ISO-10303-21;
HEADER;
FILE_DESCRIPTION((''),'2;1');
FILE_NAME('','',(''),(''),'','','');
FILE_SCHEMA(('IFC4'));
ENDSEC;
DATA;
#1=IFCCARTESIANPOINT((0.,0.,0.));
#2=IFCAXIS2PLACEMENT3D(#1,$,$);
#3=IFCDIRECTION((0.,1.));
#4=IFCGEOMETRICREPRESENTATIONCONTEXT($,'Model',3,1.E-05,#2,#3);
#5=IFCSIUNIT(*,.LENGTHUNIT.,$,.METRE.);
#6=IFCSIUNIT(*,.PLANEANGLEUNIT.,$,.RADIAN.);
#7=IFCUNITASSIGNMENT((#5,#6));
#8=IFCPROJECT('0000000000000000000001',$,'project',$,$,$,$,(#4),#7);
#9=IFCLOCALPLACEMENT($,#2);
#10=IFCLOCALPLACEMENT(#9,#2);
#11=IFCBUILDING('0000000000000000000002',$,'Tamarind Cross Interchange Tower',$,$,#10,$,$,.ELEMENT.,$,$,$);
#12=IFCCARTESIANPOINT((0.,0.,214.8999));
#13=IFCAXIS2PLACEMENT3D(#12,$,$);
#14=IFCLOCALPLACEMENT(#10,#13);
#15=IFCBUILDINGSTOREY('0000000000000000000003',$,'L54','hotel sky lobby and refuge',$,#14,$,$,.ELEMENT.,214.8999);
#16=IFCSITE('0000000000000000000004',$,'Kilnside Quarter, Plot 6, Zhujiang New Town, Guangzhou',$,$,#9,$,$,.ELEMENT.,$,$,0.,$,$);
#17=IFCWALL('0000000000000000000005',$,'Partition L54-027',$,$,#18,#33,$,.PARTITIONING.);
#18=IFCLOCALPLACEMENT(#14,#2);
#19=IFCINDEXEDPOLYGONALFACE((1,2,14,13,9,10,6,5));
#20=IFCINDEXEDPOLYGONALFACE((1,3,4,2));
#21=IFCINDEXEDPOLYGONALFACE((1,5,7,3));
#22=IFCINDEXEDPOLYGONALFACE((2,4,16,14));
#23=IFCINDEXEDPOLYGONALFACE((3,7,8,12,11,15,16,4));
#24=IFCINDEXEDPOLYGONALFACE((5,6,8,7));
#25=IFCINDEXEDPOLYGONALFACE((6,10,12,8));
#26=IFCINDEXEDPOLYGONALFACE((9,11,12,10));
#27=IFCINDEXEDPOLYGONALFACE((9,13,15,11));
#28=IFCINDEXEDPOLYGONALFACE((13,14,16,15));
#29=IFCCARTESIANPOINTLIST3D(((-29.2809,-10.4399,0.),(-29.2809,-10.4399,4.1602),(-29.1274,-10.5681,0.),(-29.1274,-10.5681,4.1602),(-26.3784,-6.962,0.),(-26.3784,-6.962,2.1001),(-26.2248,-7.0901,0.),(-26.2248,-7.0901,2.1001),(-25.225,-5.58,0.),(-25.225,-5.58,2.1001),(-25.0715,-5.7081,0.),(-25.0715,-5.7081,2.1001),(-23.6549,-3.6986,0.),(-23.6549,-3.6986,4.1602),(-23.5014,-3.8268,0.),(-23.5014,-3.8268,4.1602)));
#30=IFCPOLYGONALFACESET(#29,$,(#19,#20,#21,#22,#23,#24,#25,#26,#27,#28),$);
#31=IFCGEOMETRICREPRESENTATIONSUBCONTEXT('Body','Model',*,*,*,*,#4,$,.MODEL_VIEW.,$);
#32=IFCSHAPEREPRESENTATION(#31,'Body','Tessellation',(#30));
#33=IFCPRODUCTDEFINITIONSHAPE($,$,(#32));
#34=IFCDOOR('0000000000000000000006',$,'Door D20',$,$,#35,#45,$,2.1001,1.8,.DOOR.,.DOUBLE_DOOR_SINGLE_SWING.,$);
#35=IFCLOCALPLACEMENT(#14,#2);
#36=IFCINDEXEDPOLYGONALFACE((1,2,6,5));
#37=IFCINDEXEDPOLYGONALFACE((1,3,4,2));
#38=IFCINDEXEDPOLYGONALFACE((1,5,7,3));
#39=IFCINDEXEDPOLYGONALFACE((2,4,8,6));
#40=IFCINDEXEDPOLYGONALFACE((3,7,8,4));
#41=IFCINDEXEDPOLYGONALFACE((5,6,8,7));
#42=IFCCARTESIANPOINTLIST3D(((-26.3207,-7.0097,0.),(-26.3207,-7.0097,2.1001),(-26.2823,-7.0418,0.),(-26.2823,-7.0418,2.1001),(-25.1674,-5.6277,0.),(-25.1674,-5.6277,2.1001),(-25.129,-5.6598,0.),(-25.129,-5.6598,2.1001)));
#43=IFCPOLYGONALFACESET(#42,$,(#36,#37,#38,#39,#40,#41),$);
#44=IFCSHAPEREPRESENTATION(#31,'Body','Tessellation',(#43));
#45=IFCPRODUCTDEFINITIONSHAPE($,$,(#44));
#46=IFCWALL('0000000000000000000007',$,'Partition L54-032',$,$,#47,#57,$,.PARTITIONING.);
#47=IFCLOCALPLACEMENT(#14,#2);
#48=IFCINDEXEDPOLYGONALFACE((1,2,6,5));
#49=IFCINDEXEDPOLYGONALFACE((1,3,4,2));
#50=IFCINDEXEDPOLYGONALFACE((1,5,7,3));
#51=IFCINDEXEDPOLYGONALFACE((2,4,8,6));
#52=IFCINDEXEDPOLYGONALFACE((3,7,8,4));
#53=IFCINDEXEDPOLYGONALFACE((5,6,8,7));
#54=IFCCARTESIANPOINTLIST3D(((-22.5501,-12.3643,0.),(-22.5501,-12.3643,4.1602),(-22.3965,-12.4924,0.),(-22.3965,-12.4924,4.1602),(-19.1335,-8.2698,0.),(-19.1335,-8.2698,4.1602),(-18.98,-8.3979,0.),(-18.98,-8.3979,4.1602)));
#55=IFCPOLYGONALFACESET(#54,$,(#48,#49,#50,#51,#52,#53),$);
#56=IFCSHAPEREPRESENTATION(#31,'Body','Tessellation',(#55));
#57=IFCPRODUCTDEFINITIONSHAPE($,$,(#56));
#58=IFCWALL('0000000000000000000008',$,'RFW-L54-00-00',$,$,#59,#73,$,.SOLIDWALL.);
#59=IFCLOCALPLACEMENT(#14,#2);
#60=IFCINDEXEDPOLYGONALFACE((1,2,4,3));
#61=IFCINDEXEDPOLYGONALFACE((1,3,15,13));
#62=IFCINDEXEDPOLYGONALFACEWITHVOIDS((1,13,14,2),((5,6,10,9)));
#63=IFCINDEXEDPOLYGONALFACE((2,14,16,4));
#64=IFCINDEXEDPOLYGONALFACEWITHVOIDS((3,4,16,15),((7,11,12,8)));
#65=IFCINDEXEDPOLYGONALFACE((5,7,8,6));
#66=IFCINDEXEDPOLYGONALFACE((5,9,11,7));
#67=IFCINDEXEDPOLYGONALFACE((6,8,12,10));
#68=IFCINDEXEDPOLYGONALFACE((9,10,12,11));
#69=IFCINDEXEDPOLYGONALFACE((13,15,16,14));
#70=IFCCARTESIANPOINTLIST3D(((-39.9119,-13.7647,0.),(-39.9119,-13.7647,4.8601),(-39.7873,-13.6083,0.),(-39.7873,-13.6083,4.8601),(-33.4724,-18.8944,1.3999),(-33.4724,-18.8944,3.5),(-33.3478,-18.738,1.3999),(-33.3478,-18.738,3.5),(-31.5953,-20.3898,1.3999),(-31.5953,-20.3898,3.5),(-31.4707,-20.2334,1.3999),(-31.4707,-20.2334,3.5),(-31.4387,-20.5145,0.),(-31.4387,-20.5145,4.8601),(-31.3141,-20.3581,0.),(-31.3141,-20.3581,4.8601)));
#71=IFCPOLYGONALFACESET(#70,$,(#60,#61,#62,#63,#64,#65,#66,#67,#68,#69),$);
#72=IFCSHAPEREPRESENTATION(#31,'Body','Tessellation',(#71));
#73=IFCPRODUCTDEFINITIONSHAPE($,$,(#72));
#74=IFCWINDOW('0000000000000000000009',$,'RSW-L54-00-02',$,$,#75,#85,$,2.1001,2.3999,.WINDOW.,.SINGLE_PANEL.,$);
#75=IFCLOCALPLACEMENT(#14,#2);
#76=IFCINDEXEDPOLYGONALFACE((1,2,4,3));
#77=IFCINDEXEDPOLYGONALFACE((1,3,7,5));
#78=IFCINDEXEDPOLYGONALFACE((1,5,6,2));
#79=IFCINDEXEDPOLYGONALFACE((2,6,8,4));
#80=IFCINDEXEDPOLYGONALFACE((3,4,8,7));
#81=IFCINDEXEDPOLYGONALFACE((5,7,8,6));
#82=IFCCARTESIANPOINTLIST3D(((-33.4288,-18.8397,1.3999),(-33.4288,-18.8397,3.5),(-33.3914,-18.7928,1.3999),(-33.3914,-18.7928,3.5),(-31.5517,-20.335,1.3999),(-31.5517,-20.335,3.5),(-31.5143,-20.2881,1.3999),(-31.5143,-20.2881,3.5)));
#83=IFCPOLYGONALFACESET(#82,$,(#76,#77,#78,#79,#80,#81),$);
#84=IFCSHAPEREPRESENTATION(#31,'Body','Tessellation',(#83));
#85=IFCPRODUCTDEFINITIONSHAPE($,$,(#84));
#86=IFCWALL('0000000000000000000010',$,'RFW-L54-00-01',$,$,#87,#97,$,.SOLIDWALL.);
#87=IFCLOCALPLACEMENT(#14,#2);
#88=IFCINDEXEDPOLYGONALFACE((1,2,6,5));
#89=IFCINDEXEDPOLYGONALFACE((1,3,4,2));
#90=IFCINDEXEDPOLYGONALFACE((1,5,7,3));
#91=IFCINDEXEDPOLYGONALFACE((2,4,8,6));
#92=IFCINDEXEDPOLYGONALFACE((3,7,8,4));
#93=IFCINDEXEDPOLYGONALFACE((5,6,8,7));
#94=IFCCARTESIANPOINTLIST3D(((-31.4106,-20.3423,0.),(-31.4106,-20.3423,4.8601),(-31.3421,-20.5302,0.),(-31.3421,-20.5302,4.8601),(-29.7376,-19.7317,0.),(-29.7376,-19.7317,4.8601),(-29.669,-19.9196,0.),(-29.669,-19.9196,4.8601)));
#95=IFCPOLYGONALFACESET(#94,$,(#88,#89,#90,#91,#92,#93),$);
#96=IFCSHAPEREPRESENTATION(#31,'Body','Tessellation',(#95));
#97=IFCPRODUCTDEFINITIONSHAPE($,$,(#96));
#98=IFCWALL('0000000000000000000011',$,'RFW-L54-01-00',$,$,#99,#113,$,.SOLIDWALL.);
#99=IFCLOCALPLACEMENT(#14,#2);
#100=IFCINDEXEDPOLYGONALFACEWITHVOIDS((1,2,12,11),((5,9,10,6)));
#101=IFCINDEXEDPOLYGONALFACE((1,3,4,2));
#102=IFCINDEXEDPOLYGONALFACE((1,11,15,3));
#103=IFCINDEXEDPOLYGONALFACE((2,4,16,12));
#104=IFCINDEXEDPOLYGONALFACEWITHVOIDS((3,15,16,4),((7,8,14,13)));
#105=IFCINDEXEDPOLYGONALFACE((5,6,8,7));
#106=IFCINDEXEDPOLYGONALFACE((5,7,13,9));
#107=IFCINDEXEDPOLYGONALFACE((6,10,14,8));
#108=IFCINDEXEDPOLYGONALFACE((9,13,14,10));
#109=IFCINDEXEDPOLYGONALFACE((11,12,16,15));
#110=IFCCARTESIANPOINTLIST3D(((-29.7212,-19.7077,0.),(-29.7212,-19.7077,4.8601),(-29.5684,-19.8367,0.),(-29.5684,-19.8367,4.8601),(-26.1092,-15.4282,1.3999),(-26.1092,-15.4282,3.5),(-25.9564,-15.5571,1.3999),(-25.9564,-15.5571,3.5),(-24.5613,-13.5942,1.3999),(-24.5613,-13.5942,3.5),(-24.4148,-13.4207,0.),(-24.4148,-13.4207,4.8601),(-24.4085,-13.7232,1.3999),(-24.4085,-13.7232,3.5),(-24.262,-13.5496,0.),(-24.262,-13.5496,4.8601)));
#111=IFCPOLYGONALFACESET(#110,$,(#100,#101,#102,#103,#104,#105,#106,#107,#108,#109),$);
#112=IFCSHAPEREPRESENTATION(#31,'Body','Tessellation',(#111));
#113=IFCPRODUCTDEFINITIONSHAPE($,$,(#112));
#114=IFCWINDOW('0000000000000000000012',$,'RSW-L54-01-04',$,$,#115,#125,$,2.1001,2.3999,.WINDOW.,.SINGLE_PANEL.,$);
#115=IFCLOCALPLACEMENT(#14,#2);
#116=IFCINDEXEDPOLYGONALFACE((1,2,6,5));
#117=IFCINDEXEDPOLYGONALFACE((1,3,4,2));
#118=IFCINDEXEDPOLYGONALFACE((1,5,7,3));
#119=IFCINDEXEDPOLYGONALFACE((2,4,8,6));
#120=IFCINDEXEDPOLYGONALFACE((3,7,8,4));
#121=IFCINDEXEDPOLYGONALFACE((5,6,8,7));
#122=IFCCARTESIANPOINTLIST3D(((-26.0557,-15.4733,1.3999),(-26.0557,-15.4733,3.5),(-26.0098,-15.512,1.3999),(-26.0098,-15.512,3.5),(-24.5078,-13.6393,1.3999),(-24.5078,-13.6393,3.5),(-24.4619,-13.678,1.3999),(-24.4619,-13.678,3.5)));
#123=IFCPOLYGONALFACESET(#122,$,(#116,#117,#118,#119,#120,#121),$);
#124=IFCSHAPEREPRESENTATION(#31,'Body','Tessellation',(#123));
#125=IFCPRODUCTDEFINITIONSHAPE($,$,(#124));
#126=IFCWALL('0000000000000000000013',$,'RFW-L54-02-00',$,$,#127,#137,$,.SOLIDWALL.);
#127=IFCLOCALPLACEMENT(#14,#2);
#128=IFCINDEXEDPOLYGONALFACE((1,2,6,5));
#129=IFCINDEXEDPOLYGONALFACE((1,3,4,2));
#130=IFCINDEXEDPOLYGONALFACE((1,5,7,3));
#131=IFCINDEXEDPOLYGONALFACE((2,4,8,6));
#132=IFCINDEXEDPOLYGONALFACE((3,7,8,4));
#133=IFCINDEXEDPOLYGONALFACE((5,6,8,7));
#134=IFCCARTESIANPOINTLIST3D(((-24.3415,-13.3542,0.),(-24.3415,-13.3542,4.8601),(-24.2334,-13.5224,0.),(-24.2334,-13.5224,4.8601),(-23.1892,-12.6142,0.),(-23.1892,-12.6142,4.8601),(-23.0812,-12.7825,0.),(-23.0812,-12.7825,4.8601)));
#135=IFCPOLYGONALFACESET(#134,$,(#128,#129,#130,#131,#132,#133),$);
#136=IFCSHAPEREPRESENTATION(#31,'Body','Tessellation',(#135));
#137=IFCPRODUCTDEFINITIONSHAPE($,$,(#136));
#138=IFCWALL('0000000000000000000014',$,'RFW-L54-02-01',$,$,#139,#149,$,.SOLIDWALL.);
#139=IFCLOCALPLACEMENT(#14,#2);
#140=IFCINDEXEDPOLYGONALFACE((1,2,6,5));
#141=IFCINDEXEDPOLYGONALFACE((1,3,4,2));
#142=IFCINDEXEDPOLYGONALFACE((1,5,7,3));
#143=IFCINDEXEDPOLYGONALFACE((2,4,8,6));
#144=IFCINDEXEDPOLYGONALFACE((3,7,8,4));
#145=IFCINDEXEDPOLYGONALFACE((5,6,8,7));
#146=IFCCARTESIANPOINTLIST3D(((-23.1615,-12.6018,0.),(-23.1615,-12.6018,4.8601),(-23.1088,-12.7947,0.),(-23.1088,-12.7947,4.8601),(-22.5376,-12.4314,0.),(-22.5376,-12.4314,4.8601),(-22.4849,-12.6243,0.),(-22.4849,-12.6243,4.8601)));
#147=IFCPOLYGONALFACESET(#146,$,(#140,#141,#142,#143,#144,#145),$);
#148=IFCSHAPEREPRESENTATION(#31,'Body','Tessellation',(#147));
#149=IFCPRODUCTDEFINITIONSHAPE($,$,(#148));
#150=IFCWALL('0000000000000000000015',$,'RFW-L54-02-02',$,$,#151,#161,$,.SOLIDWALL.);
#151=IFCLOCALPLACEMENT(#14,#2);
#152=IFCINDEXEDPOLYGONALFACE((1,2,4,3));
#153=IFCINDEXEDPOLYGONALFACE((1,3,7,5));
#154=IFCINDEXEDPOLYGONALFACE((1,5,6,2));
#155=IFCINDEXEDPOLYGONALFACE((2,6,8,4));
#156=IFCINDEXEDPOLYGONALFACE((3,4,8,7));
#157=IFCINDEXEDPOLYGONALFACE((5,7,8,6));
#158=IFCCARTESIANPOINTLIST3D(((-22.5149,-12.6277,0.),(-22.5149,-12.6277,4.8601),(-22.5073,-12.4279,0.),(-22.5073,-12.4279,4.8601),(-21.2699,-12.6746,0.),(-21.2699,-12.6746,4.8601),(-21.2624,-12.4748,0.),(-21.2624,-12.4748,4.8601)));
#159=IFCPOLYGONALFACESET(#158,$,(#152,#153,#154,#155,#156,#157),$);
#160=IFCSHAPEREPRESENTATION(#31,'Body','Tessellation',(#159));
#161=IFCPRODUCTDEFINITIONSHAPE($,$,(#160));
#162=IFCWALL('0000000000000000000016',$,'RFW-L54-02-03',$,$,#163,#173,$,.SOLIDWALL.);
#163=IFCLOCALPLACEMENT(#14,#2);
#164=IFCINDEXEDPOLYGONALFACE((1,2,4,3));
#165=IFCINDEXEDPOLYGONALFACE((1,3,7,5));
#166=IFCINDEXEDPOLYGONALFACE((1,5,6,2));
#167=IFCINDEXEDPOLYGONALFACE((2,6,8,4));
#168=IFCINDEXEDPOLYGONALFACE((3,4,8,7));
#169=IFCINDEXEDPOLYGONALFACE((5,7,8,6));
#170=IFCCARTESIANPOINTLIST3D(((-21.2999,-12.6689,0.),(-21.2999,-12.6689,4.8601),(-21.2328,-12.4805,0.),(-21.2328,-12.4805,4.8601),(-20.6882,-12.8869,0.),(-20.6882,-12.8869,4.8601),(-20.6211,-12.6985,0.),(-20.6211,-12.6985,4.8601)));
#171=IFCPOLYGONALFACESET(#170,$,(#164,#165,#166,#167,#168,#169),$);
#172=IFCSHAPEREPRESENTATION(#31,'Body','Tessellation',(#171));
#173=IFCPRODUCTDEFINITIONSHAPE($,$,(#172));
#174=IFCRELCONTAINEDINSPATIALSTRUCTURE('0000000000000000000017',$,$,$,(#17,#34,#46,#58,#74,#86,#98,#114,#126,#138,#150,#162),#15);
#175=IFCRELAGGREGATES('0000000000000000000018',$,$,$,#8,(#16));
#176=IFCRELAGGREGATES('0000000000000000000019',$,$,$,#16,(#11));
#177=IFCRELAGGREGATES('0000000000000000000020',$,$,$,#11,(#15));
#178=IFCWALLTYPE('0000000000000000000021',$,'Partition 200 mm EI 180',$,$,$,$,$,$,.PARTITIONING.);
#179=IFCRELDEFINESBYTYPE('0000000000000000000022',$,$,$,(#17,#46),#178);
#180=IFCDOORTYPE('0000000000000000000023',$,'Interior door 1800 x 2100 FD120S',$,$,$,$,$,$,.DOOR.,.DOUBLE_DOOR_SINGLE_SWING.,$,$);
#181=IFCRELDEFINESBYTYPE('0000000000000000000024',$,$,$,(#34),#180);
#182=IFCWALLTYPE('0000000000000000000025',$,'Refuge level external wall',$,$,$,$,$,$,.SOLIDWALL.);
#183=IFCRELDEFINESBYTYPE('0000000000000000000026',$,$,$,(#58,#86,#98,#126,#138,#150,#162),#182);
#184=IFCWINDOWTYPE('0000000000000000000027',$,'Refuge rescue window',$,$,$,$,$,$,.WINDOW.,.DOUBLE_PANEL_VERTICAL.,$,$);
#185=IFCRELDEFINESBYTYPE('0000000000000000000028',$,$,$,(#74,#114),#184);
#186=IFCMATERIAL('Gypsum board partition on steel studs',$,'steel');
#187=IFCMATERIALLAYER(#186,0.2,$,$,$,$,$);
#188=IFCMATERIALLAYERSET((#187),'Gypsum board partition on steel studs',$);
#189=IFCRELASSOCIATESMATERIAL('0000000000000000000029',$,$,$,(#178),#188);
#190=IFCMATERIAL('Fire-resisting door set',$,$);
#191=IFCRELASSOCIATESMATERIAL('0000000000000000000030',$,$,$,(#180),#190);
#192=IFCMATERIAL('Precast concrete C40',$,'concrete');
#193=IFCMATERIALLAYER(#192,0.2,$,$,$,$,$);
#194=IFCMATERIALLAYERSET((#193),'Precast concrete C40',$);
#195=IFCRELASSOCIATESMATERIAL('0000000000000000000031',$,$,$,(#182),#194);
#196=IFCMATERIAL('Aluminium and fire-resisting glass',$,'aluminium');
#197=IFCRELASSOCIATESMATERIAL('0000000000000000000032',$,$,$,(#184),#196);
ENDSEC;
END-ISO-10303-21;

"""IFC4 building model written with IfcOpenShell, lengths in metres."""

from ifc_helpers import new_model, si_unit, direction, frame, frame_2d, origin, place, context, subcontext, project, spatial, rectangle, extrude, material, layer, layer_set, type_object, element, fill, save


model = new_model("IFC4")

# Units and contexts
model_context = context("Model", 3, precision=1e-05, world=origin(), true_north=direction((0.0, 1.0)))
body_context = subcontext(model_context, "Body", "Model", "MODEL_VIEW")
ifc_project = project(units=[si_unit("LENGTHUNIT", "METRE"), si_unit("PLANEANGLEUNIT", "RADIAN")], contexts=[model_context])

# Site, building, storey
site_placement = place(None, origin())
site = spatial("IfcSite", under=ifc_project, at=site_placement, Name="Kilnside Quarter, Plot 6, Zhujiang New Town, Guangzhou", CompositionType="ELEMENT", RefElevation=0.0)
building_placement = place(site_placement, origin())
building = spatial("IfcBuilding", under=site, at=building_placement, Name="Tamarind Cross Interchange Tower", CompositionType="ELEMENT")
storey_placement = place(building_placement, frame((0.0, 0.0, 214.8999)))
storey = spatial("IfcBuildingStorey", under=building, at=storey_placement, Name="L54", Description="hotel sky lobby and refuge", CompositionType="ELEMENT", Elevation=214.8999)

# Wall, opening, door
ifc_material_1 = material(Name="Gypsum board partition on steel studs", Category="steel")
ifc_layer_1 = layer(ifc_material_1, 0.2)
ifc_layer_set_1 = layer_set([ifc_layer_1], Name="Gypsum board partition on steel studs")
wall_type_1 = type_object("IfcWallType", Name="Partition 200 mm EI 180", PredefinedType="PARTITIONING", material=ifc_layer_set_1)
ifc_material_2 = material(Name="Fire-resisting door set")
door_type = type_object("IfcDoorType", Name="Interior door 1800 x 2100 FD120S", OperationType="DOUBLE_DOOR_SINGLE_SWING", PredefinedType="DOOR", material=ifc_material_2)
wall_1_placement = place(storey_placement, frame((-29.2041, -10.5039, 0.0), z_axis=(0.0, 0.0, 1.0), x_axis=(0.640742, 0.767756, 0.0)))
wall_1 = element("IfcWall", 1, at=wall_1_placement, inside=storey, type_object=wall_type_1, Name="Partition L54-027", PredefinedType="PARTITIONING", context=body_context, shape_type="SweptSolid", body=[
    extrude(rectangle(XDim=8.7805, YDim=0.2, at=frame_2d((4.3901, 0.0))), origin(), (0.0, 0.0, 1.0), 4.1602),
])
opening_1_placement = place(wall_1_placement, frame((4.53, 0.0, 0.0)))
opening_1 = element("IfcOpeningElement", 2, at=opening_1_placement, cuts=wall_1, PredefinedType="OPENING", context=body_context, shape_type="SweptSolid", body=[
    extrude(rectangle(XDim=1.8, YDim=2.1001, at=frame_2d((0.8999, 1.05))), frame((0.0, 0.1099, 0.0), z_axis=(0.0, -1.0, 0.0), x_axis=(1.0, 0.0, 0.0)), (0.0, 0.0, 1.0), 0.22),
])
door_1_placement = place(opening_1_placement, frame((1.8, 0.0, 0.0), z_axis=(0.0, 0.0, 1.0), x_axis=(-1.0, 0.0, 0.0)))
door_1 = element("IfcDoor", 3, at=door_1_placement, inside=storey, type_object=door_type, Name="Door D20", OperationType="DOUBLE_DOOR_SINGLE_SWING", OverallHeight=2.1001, OverallWidth=1.8, PredefinedType="DOOR", context=body_context, shape_type="SweptSolid", body=[
    extrude(rectangle(XDim=1.8, YDim=2.1001, at=frame_2d((0.8999, 1.05))), frame((0.0, 0.0249, 0.0), z_axis=(0.0, -1.0, 0.0), x_axis=(1.0, 0.0, 0.0)), (0.0, 0.0, 1.0), 0.05),
])
fill(opening_1, door_1)

# Wall
wall_2_placement = place(storey_placement, frame((-22.4734, -12.4285, 0.0), z_axis=(0.0, 0.0, 1.0), x_axis=(0.640675, 0.767812, 0.0)))
element("IfcWall", 4, at=wall_2_placement, inside=storey, type_object=wall_type_1, Name="Partition L54-032", PredefinedType="PARTITIONING", context=body_context, shape_type="SweptSolid", body=[
    extrude(rectangle(XDim=5.3328, YDim=0.2, at=frame_2d((2.6665, 0.0))), origin(), (0.0, 0.0, 1.0), 4.1602),
])

# Wall, opening, window
ifc_material_3 = material(Name="Precast concrete C40", Category="concrete")
ifc_layer_2 = layer(ifc_material_3, 0.2)
ifc_layer_set_2 = layer_set([ifc_layer_2], Name="Precast concrete C40")
wall_type_2 = type_object("IfcWallType", Name="Refuge level external wall", PredefinedType="SOLIDWALL", material=ifc_layer_set_2)
wall_3_placement = place(storey_placement, frame((-39.8496, -13.6865, 0.0), z_axis=(0.0, 0.0, 1.0), x_axis=(0.782162, -0.623075, 0.0)))
wall_3 = element("IfcWall", 5, at=wall_3_placement, inside=storey, type_object=wall_type_2, Name="RFW-L54-00-00", PredefinedType="SOLIDWALL", context=body_context, shape_type="SweptSolid", body=[
    extrude(rectangle(XDim=10.833, YDim=0.2, at=frame_2d((5.4165, 0.0))), origin(), (0.0, 0.0, 1.0), 4.8601),
])
opening_2_placement = place(wall_3_placement, frame((8.2329, 0.0, 1.3999)))
opening_2 = element("IfcOpeningElement", 6, at=opening_2_placement, cuts=wall_3, PredefinedType="OPENING", context=body_context, shape_type="SweptSolid", body=[
    extrude(rectangle(XDim=2.3999, YDim=2.1001, at=frame_2d((1.2, 1.05))), frame((0.0, 0.1099, 0.0), z_axis=(0.0, -1.0, 0.0), x_axis=(1.0, 0.0, 0.0)), (0.0, 0.0, 1.0), 0.22),
])
ifc_material_4 = material(Name="Aluminium and fire-resisting glass", Category="aluminium")
window_type = type_object("IfcWindowType", Name="Refuge rescue window", PartitioningType="DOUBLE_PANEL_VERTICAL", PredefinedType="WINDOW", material=ifc_material_4)
window_1_placement = place(opening_2_placement, origin())
window_1 = element("IfcWindow", 7, at=window_1_placement, inside=storey, type_object=window_type, Name="RSW-L54-00-02", OverallHeight=2.1001, OverallWidth=2.3999, PartitioningType="SINGLE_PANEL", PredefinedType="WINDOW", context=body_context, shape_type="SweptSolid", body=[
    extrude(rectangle(XDim=2.3999, YDim=2.1001, at=frame_2d((1.2, 1.05))), frame((0.0, 0.03, 0.0), z_axis=(0.0, -1.0, 0.0), x_axis=(1.0, 0.0, 0.0)), (0.0, 0.0, 1.0), 0.0601),
])
fill(opening_2, window_1)

# Wall
wall_4_placement = place(storey_placement, frame((-31.3765, -20.4363, 0.0), z_axis=(0.0, 0.0, 1.0), x_axis=(0.939397, 0.342832, 0.0)))
element("IfcWall", 8, at=wall_4_placement, inside=storey, type_object=wall_type_2, Name="RFW-L54-00-01", PredefinedType="SOLIDWALL", context=body_context, shape_type="SweptSolid", body=[
    extrude(rectangle(XDim=1.781, YDim=0.2, at=frame_2d((0.8906, 0.0))), origin(), (0.0, 0.0, 1.0), 4.8601),
])

# Wall, opening, window
wall_5_placement = place(storey_placement, frame((-29.6448, -19.7722, 0.0), z_axis=(0.0, 0.0, 1.0), x_axis=(0.644988, 0.764193, 0.0)))
wall_5 = element("IfcWall", 9, at=wall_5_placement, inside=storey, type_object=wall_type_2, Name="RFW-L54-01-00", PredefinedType="SOLIDWALL", context=body_context, shape_type="SweptSolid", body=[
    extrude(rectangle(XDim=8.2271, YDim=0.2, at=frame_2d((4.1135, 0.0))), origin(), (0.0, 0.0, 1.0), 4.8601),
])
opening_3_placement = place(wall_5_placement, frame((5.6001, 0.0, 1.3999)))
opening_3 = element("IfcOpeningElement", 10, at=opening_3_placement, cuts=wall_5, PredefinedType="OPENING", context=body_context, shape_type="SweptSolid", body=[
    extrude(rectangle(XDim=2.3999, YDim=2.1001, at=frame_2d((1.2, 1.05))), frame((0.0, 0.1099, 0.0), z_axis=(0.0, -1.0, 0.0), x_axis=(1.0, 0.0, 0.0)), (0.0, 0.0, 1.0), 0.22),
])
window_2_placement = place(opening_3_placement, origin())
window_2 = element("IfcWindow", 11, at=window_2_placement, inside=storey, type_object=window_type, Name="RSW-L54-01-04", OverallHeight=2.1001, OverallWidth=2.3999, PartitioningType="SINGLE_PANEL", PredefinedType="WINDOW", context=body_context, shape_type="SweptSolid", body=[
    extrude(rectangle(XDim=2.3999, YDim=2.1001, at=frame_2d((1.2, 1.05))), frame((0.0, 0.03, 0.0), z_axis=(0.0, -1.0, 0.0), x_axis=(1.0, 0.0, 0.0)), (0.0, 0.0, 1.0), 0.0601),
])
fill(opening_3, window_2)

# Walls
wall_6_placement = place(storey_placement, frame((-24.2874, -13.4382, 0.0), z_axis=(0.0, 0.0, 1.0), x_axis=(0.841445, 0.540343, 0.0)))
element("IfcWall", 12, at=wall_6_placement, inside=storey, type_object=wall_type_2, Name="RFW-L54-02-00", PredefinedType="SOLIDWALL", context=body_context, shape_type="SweptSolid", body=[
    extrude(rectangle(XDim=1.3694, YDim=0.2, at=frame_2d((0.6846, 0.0))), origin(), (0.0, 0.0, 1.0), 4.8601),
])
wall_7_placement = place(storey_placement, frame((-23.135, -12.6982, 0.0), z_axis=(0.0, 0.0, 1.0), x_axis=(0.96465, 0.263533, 0.0)))
element("IfcWall", 13, at=wall_7_placement, inside=storey, type_object=wall_type_2, Name="RFW-L54-02-01", PredefinedType="SOLIDWALL", context=body_context, shape_type="SweptSolid", body=[
    extrude(rectangle(XDim=0.6467, YDim=0.2, at=frame_2d((0.3232, 0.0))), origin(), (0.0, 0.0, 1.0), 4.8601),
])
wall_8_placement = place(storey_placement, frame((-22.5112, -12.5278, 0.0), z_axis=(0.0, 0.0, 1.0), x_axis=(0.999292, -0.037628, 0.0)))
element("IfcWall", 14, at=wall_8_placement, inside=storey, type_object=wall_type_2, Name="RFW-L54-02-02", PredefinedType="SOLIDWALL", context=body_context, shape_type="SweptSolid", body=[
    extrude(rectangle(XDim=1.2458, YDim=0.2, at=frame_2d((0.623, 0.0))), origin(), (0.0, 0.0, 1.0), 4.8601),
])
wall_9_placement = place(storey_placement, frame((-21.2664, -12.5747, 0.0), z_axis=(0.0, 0.0, 1.0), x_axis=(0.94198, -0.33567, 0.0)))
element("IfcWall", 15, at=wall_9_placement, inside=storey, type_object=wall_type_2, Name="RFW-L54-02-03", PredefinedType="SOLIDWALL", context=body_context, shape_type="SweptSolid", body=[
    extrude(rectangle(XDim=0.6494, YDim=0.2, at=frame_2d((0.3247, 0.0))), origin(), (0.0, 0.0, 1.0), 4.8601),
])

save(model, "model.ifc")
